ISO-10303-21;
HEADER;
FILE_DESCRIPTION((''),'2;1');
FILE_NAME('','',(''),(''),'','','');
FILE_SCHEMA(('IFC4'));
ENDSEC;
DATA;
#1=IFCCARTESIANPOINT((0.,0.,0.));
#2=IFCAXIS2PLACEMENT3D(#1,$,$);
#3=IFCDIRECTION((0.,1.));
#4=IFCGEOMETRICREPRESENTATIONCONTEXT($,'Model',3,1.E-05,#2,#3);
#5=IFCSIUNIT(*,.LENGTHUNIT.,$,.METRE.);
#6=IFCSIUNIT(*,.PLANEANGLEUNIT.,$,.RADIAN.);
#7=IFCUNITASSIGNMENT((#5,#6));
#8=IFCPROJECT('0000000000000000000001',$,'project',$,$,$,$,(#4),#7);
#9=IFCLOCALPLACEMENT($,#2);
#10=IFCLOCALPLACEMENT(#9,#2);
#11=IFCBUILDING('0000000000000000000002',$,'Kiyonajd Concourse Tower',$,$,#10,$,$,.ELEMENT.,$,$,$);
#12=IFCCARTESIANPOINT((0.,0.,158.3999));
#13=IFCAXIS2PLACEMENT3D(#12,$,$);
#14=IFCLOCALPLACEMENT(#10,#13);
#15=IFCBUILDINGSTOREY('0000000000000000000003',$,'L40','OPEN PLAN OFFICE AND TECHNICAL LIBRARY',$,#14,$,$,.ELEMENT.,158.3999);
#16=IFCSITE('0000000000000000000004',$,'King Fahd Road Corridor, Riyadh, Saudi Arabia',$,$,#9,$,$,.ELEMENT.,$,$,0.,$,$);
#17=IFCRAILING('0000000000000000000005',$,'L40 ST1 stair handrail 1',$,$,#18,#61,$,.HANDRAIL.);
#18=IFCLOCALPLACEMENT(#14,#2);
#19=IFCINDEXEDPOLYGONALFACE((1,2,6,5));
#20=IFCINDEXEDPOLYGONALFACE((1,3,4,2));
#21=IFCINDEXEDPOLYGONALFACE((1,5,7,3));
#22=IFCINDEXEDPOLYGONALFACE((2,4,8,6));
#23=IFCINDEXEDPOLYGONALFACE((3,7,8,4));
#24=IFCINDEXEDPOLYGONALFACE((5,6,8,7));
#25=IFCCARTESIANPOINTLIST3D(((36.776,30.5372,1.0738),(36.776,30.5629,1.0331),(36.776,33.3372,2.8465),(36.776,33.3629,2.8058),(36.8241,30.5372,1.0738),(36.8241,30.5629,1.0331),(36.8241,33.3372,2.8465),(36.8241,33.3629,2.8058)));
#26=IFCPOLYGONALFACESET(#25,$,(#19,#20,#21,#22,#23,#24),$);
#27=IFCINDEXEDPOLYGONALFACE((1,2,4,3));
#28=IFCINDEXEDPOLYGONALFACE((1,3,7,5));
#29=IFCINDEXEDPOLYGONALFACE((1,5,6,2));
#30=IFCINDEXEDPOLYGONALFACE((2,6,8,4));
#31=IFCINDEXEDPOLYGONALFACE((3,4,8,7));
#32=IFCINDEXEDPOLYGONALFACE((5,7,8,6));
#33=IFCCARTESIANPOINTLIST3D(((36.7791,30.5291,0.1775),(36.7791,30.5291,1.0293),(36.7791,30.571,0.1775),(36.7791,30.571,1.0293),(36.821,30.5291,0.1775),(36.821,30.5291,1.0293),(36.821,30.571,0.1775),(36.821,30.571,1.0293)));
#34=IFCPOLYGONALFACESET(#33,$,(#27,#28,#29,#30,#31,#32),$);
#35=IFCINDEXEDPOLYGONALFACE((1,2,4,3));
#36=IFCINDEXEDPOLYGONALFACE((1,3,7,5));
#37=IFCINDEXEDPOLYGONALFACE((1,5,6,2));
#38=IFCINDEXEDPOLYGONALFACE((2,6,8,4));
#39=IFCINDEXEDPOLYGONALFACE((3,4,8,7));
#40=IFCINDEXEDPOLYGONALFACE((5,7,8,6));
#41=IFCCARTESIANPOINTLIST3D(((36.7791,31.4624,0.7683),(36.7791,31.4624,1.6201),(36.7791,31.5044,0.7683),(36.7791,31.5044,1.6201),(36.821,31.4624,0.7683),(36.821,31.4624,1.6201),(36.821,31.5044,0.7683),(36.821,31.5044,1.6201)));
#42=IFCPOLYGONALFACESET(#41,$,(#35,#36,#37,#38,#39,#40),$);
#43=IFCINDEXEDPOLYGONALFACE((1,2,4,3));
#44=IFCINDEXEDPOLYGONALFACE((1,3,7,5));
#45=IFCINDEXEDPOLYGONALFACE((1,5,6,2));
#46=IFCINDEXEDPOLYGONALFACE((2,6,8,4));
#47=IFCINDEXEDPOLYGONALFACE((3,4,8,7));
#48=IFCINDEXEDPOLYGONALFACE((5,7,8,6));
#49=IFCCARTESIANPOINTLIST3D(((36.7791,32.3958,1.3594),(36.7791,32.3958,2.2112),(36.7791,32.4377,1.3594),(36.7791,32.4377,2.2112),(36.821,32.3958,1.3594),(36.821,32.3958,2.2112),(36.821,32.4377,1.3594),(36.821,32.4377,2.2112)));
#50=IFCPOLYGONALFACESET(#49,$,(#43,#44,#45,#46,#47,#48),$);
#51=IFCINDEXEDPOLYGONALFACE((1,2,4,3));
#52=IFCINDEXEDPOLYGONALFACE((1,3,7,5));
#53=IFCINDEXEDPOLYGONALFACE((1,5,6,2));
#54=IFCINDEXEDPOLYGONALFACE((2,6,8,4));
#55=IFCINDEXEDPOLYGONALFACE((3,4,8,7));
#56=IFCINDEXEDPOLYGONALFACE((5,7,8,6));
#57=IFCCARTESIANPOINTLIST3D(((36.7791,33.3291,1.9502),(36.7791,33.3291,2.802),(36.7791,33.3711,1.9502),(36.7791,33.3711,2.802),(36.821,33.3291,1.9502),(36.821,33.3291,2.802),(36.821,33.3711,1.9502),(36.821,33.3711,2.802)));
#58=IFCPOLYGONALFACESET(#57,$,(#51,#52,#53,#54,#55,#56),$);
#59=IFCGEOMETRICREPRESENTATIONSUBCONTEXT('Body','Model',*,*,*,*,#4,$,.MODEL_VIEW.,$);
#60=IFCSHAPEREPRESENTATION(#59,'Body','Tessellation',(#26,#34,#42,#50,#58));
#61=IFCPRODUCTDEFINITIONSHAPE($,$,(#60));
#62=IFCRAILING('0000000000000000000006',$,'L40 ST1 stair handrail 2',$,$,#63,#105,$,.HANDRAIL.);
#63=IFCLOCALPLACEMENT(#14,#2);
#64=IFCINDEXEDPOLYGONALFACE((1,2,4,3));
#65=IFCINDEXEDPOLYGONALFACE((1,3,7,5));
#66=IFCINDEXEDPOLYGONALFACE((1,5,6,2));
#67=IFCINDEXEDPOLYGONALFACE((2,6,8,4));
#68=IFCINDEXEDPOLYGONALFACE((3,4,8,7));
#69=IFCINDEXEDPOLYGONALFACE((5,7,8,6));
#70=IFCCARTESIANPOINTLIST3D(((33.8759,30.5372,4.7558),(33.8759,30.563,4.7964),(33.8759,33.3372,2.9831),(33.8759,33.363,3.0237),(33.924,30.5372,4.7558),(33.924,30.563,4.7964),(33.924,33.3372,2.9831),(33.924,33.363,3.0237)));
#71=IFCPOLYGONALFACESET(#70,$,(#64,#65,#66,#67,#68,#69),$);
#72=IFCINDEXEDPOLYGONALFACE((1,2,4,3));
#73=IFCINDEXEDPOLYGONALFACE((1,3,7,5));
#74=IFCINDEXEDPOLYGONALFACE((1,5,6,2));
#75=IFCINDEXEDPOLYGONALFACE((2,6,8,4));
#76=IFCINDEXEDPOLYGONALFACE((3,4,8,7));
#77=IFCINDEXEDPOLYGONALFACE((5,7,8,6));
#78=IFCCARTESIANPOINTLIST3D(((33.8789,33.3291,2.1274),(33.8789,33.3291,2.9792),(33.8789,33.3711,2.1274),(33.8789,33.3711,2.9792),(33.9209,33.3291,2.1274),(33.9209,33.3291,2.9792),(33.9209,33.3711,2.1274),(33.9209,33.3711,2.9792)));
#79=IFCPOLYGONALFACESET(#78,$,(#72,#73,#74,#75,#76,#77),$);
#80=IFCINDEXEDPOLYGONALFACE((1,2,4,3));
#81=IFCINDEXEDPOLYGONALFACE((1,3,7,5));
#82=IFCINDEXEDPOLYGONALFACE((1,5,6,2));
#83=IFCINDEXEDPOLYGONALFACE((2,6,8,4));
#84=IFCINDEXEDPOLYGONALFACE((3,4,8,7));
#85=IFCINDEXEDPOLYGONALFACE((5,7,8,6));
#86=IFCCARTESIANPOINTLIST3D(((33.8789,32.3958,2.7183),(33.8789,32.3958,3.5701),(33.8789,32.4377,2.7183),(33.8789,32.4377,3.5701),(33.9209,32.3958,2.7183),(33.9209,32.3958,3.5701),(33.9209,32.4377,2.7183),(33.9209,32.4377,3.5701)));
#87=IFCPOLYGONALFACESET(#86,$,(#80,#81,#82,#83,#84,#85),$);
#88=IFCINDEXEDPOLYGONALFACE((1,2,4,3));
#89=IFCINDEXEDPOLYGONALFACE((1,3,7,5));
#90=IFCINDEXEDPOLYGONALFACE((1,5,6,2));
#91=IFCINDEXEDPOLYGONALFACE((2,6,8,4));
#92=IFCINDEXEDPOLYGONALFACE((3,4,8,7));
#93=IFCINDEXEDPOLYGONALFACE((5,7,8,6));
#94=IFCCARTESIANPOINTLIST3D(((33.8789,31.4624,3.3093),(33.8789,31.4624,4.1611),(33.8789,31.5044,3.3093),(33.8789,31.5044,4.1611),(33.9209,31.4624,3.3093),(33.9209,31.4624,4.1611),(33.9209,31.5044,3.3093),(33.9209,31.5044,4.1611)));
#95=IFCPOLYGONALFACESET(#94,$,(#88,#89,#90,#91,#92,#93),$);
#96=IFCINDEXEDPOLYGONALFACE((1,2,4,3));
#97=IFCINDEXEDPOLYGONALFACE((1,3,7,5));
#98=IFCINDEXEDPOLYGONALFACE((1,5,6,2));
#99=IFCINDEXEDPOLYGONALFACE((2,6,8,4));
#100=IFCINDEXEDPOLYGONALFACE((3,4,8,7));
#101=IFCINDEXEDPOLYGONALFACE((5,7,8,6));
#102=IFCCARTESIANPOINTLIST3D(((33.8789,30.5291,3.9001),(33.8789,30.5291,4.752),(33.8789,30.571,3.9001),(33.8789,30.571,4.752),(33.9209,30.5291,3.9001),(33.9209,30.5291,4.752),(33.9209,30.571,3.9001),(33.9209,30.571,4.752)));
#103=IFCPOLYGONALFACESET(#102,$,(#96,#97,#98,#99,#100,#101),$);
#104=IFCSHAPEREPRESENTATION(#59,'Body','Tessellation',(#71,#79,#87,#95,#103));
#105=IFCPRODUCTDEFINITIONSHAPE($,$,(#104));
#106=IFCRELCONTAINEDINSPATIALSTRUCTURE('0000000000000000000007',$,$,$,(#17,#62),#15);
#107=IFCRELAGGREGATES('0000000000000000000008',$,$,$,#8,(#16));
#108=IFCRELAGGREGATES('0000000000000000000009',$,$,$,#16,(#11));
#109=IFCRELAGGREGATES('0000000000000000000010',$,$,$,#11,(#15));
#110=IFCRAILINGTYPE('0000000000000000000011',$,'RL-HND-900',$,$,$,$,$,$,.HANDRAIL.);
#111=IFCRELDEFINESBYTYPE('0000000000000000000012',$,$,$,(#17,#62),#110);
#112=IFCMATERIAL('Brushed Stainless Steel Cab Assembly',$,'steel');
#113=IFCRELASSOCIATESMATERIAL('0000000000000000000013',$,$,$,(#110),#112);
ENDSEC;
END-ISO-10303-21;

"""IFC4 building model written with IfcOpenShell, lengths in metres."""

from ifc_helpers import new_model, si_unit, direction, frame, origin, origin_2d, place, context, subcontext, project, spatial, rectangle, extrude, material, type_object, element, save


model = new_model("IFC4")

# Units and contexts
model_context = context("Model", 3, precision=1e-05, world=origin(), true_north=direction((0.0, 1.0)))
body_context = subcontext(model_context, "Body", "Model", "MODEL_VIEW")
ifc_project = project(units=[si_unit("LENGTHUNIT", "METRE"), si_unit("PLANEANGLEUNIT", "RADIAN")], contexts=[model_context])

# Site, building, storey
site_placement = place(None, origin())
site = spatial("IfcSite", under=ifc_project, at=site_placement, Name="King Fahd Road Corridor, Riyadh, Saudi Arabia", CompositionType="ELEMENT", RefElevation=0.0)
building_placement = place(site_placement, origin())
building = spatial("IfcBuilding", under=site, at=building_placement, Name="Kiyonajd Concourse Tower", CompositionType="ELEMENT")
storey_placement = place(building_placement, frame((0.0, 0.0, 158.3999)))
storey = spatial("IfcBuildingStorey", under=building, at=storey_placement, Name="L40", Description="OPEN PLAN OFFICE AND TECHNICAL LIBRARY", CompositionType="ELEMENT", Elevation=158.3999)

# Shared definitions
ifc_material_1 = material(Name="Brushed Stainless Steel Cab Assembly", Category="steel")

# Railings
railing_type_1 = type_object("IfcRailingType", Name="RL-HND-900", PredefinedType="HANDRAIL", material=ifc_material_1)
railing_1_placement = place(storey_placement, frame((36.8, 30.55, 0.1775)))
element("IfcRailing", 1, at=railing_1_placement, inside=storey, type_object=railing_type_1, Name="L40 ST1 stair handrail 1", PredefinedType="HANDRAIL", context=body_context, shape_type="SweptSolid", body=[
    extrude(rectangle(XDim=0.0481, YDim=0.0481, at=origin_2d()), frame((0.0, 0.0, 0.876), z_axis=(0.0, 0.844909, 0.53491), x_axis=(-1.0, 0.0, 0.0)), (0.0, 0.0, 1.0), 3.314),
    extrude(rectangle(XDim=0.042, YDim=0.042, at=origin_2d()), origin(), (0.0, 0.0, 1.0), 0.8518),
    extrude(rectangle(XDim=0.042, YDim=0.042, at=origin_2d()), frame((0.0, 0.9333, 0.5908)), (0.0, 0.0, 1.0), 0.8518),
    extrude(rectangle(XDim=0.042, YDim=0.042, at=origin_2d()), frame((0.0, 1.8667, 1.1819)), (0.0, 0.0, 1.0), 0.8518),
    extrude(rectangle(XDim=0.042, YDim=0.042, at=origin_2d()), frame((0.0, 2.8, 1.7727)), (0.0, 0.0, 1.0), 0.8518),
])
railing_2_placement = place(storey_placement, frame((33.8999, 33.3501, 2.1274)))
element("IfcRailing", 2, at=railing_2_placement, inside=storey, type_object=railing_type_1, Name="L40 ST1 stair handrail 2", PredefinedType="HANDRAIL", context=body_context, shape_type="SweptSolid", body=[
    extrude(rectangle(XDim=0.0481, YDim=0.0481, at=origin_2d()), frame((0.0, 0.0, 0.876), z_axis=(0.0, -0.844909, 0.53491), x_axis=(1.0, 0.0, 0.0)), (0.0, 0.0, 1.0), 3.314),
    extrude(rectangle(XDim=0.042, YDim=0.042, at=origin_2d()), origin(), (0.0, 0.0, 1.0), 0.8518),
    extrude(rectangle(XDim=0.042, YDim=0.042, at=origin_2d()), frame((0.0, -0.9333, 0.5908)), (0.0, 0.0, 1.0), 0.8518),
    extrude(rectangle(XDim=0.042, YDim=0.042, at=origin_2d()), frame((0.0, -1.8667, 1.1819)), (0.0, 0.0, 1.0), 0.8518),
    extrude(rectangle(XDim=0.042, YDim=0.042, at=origin_2d()), frame((0.0, -2.8, 1.7727)), (0.0, 0.0, 1.0), 0.8518),
])

save(model, "model.ifc")
